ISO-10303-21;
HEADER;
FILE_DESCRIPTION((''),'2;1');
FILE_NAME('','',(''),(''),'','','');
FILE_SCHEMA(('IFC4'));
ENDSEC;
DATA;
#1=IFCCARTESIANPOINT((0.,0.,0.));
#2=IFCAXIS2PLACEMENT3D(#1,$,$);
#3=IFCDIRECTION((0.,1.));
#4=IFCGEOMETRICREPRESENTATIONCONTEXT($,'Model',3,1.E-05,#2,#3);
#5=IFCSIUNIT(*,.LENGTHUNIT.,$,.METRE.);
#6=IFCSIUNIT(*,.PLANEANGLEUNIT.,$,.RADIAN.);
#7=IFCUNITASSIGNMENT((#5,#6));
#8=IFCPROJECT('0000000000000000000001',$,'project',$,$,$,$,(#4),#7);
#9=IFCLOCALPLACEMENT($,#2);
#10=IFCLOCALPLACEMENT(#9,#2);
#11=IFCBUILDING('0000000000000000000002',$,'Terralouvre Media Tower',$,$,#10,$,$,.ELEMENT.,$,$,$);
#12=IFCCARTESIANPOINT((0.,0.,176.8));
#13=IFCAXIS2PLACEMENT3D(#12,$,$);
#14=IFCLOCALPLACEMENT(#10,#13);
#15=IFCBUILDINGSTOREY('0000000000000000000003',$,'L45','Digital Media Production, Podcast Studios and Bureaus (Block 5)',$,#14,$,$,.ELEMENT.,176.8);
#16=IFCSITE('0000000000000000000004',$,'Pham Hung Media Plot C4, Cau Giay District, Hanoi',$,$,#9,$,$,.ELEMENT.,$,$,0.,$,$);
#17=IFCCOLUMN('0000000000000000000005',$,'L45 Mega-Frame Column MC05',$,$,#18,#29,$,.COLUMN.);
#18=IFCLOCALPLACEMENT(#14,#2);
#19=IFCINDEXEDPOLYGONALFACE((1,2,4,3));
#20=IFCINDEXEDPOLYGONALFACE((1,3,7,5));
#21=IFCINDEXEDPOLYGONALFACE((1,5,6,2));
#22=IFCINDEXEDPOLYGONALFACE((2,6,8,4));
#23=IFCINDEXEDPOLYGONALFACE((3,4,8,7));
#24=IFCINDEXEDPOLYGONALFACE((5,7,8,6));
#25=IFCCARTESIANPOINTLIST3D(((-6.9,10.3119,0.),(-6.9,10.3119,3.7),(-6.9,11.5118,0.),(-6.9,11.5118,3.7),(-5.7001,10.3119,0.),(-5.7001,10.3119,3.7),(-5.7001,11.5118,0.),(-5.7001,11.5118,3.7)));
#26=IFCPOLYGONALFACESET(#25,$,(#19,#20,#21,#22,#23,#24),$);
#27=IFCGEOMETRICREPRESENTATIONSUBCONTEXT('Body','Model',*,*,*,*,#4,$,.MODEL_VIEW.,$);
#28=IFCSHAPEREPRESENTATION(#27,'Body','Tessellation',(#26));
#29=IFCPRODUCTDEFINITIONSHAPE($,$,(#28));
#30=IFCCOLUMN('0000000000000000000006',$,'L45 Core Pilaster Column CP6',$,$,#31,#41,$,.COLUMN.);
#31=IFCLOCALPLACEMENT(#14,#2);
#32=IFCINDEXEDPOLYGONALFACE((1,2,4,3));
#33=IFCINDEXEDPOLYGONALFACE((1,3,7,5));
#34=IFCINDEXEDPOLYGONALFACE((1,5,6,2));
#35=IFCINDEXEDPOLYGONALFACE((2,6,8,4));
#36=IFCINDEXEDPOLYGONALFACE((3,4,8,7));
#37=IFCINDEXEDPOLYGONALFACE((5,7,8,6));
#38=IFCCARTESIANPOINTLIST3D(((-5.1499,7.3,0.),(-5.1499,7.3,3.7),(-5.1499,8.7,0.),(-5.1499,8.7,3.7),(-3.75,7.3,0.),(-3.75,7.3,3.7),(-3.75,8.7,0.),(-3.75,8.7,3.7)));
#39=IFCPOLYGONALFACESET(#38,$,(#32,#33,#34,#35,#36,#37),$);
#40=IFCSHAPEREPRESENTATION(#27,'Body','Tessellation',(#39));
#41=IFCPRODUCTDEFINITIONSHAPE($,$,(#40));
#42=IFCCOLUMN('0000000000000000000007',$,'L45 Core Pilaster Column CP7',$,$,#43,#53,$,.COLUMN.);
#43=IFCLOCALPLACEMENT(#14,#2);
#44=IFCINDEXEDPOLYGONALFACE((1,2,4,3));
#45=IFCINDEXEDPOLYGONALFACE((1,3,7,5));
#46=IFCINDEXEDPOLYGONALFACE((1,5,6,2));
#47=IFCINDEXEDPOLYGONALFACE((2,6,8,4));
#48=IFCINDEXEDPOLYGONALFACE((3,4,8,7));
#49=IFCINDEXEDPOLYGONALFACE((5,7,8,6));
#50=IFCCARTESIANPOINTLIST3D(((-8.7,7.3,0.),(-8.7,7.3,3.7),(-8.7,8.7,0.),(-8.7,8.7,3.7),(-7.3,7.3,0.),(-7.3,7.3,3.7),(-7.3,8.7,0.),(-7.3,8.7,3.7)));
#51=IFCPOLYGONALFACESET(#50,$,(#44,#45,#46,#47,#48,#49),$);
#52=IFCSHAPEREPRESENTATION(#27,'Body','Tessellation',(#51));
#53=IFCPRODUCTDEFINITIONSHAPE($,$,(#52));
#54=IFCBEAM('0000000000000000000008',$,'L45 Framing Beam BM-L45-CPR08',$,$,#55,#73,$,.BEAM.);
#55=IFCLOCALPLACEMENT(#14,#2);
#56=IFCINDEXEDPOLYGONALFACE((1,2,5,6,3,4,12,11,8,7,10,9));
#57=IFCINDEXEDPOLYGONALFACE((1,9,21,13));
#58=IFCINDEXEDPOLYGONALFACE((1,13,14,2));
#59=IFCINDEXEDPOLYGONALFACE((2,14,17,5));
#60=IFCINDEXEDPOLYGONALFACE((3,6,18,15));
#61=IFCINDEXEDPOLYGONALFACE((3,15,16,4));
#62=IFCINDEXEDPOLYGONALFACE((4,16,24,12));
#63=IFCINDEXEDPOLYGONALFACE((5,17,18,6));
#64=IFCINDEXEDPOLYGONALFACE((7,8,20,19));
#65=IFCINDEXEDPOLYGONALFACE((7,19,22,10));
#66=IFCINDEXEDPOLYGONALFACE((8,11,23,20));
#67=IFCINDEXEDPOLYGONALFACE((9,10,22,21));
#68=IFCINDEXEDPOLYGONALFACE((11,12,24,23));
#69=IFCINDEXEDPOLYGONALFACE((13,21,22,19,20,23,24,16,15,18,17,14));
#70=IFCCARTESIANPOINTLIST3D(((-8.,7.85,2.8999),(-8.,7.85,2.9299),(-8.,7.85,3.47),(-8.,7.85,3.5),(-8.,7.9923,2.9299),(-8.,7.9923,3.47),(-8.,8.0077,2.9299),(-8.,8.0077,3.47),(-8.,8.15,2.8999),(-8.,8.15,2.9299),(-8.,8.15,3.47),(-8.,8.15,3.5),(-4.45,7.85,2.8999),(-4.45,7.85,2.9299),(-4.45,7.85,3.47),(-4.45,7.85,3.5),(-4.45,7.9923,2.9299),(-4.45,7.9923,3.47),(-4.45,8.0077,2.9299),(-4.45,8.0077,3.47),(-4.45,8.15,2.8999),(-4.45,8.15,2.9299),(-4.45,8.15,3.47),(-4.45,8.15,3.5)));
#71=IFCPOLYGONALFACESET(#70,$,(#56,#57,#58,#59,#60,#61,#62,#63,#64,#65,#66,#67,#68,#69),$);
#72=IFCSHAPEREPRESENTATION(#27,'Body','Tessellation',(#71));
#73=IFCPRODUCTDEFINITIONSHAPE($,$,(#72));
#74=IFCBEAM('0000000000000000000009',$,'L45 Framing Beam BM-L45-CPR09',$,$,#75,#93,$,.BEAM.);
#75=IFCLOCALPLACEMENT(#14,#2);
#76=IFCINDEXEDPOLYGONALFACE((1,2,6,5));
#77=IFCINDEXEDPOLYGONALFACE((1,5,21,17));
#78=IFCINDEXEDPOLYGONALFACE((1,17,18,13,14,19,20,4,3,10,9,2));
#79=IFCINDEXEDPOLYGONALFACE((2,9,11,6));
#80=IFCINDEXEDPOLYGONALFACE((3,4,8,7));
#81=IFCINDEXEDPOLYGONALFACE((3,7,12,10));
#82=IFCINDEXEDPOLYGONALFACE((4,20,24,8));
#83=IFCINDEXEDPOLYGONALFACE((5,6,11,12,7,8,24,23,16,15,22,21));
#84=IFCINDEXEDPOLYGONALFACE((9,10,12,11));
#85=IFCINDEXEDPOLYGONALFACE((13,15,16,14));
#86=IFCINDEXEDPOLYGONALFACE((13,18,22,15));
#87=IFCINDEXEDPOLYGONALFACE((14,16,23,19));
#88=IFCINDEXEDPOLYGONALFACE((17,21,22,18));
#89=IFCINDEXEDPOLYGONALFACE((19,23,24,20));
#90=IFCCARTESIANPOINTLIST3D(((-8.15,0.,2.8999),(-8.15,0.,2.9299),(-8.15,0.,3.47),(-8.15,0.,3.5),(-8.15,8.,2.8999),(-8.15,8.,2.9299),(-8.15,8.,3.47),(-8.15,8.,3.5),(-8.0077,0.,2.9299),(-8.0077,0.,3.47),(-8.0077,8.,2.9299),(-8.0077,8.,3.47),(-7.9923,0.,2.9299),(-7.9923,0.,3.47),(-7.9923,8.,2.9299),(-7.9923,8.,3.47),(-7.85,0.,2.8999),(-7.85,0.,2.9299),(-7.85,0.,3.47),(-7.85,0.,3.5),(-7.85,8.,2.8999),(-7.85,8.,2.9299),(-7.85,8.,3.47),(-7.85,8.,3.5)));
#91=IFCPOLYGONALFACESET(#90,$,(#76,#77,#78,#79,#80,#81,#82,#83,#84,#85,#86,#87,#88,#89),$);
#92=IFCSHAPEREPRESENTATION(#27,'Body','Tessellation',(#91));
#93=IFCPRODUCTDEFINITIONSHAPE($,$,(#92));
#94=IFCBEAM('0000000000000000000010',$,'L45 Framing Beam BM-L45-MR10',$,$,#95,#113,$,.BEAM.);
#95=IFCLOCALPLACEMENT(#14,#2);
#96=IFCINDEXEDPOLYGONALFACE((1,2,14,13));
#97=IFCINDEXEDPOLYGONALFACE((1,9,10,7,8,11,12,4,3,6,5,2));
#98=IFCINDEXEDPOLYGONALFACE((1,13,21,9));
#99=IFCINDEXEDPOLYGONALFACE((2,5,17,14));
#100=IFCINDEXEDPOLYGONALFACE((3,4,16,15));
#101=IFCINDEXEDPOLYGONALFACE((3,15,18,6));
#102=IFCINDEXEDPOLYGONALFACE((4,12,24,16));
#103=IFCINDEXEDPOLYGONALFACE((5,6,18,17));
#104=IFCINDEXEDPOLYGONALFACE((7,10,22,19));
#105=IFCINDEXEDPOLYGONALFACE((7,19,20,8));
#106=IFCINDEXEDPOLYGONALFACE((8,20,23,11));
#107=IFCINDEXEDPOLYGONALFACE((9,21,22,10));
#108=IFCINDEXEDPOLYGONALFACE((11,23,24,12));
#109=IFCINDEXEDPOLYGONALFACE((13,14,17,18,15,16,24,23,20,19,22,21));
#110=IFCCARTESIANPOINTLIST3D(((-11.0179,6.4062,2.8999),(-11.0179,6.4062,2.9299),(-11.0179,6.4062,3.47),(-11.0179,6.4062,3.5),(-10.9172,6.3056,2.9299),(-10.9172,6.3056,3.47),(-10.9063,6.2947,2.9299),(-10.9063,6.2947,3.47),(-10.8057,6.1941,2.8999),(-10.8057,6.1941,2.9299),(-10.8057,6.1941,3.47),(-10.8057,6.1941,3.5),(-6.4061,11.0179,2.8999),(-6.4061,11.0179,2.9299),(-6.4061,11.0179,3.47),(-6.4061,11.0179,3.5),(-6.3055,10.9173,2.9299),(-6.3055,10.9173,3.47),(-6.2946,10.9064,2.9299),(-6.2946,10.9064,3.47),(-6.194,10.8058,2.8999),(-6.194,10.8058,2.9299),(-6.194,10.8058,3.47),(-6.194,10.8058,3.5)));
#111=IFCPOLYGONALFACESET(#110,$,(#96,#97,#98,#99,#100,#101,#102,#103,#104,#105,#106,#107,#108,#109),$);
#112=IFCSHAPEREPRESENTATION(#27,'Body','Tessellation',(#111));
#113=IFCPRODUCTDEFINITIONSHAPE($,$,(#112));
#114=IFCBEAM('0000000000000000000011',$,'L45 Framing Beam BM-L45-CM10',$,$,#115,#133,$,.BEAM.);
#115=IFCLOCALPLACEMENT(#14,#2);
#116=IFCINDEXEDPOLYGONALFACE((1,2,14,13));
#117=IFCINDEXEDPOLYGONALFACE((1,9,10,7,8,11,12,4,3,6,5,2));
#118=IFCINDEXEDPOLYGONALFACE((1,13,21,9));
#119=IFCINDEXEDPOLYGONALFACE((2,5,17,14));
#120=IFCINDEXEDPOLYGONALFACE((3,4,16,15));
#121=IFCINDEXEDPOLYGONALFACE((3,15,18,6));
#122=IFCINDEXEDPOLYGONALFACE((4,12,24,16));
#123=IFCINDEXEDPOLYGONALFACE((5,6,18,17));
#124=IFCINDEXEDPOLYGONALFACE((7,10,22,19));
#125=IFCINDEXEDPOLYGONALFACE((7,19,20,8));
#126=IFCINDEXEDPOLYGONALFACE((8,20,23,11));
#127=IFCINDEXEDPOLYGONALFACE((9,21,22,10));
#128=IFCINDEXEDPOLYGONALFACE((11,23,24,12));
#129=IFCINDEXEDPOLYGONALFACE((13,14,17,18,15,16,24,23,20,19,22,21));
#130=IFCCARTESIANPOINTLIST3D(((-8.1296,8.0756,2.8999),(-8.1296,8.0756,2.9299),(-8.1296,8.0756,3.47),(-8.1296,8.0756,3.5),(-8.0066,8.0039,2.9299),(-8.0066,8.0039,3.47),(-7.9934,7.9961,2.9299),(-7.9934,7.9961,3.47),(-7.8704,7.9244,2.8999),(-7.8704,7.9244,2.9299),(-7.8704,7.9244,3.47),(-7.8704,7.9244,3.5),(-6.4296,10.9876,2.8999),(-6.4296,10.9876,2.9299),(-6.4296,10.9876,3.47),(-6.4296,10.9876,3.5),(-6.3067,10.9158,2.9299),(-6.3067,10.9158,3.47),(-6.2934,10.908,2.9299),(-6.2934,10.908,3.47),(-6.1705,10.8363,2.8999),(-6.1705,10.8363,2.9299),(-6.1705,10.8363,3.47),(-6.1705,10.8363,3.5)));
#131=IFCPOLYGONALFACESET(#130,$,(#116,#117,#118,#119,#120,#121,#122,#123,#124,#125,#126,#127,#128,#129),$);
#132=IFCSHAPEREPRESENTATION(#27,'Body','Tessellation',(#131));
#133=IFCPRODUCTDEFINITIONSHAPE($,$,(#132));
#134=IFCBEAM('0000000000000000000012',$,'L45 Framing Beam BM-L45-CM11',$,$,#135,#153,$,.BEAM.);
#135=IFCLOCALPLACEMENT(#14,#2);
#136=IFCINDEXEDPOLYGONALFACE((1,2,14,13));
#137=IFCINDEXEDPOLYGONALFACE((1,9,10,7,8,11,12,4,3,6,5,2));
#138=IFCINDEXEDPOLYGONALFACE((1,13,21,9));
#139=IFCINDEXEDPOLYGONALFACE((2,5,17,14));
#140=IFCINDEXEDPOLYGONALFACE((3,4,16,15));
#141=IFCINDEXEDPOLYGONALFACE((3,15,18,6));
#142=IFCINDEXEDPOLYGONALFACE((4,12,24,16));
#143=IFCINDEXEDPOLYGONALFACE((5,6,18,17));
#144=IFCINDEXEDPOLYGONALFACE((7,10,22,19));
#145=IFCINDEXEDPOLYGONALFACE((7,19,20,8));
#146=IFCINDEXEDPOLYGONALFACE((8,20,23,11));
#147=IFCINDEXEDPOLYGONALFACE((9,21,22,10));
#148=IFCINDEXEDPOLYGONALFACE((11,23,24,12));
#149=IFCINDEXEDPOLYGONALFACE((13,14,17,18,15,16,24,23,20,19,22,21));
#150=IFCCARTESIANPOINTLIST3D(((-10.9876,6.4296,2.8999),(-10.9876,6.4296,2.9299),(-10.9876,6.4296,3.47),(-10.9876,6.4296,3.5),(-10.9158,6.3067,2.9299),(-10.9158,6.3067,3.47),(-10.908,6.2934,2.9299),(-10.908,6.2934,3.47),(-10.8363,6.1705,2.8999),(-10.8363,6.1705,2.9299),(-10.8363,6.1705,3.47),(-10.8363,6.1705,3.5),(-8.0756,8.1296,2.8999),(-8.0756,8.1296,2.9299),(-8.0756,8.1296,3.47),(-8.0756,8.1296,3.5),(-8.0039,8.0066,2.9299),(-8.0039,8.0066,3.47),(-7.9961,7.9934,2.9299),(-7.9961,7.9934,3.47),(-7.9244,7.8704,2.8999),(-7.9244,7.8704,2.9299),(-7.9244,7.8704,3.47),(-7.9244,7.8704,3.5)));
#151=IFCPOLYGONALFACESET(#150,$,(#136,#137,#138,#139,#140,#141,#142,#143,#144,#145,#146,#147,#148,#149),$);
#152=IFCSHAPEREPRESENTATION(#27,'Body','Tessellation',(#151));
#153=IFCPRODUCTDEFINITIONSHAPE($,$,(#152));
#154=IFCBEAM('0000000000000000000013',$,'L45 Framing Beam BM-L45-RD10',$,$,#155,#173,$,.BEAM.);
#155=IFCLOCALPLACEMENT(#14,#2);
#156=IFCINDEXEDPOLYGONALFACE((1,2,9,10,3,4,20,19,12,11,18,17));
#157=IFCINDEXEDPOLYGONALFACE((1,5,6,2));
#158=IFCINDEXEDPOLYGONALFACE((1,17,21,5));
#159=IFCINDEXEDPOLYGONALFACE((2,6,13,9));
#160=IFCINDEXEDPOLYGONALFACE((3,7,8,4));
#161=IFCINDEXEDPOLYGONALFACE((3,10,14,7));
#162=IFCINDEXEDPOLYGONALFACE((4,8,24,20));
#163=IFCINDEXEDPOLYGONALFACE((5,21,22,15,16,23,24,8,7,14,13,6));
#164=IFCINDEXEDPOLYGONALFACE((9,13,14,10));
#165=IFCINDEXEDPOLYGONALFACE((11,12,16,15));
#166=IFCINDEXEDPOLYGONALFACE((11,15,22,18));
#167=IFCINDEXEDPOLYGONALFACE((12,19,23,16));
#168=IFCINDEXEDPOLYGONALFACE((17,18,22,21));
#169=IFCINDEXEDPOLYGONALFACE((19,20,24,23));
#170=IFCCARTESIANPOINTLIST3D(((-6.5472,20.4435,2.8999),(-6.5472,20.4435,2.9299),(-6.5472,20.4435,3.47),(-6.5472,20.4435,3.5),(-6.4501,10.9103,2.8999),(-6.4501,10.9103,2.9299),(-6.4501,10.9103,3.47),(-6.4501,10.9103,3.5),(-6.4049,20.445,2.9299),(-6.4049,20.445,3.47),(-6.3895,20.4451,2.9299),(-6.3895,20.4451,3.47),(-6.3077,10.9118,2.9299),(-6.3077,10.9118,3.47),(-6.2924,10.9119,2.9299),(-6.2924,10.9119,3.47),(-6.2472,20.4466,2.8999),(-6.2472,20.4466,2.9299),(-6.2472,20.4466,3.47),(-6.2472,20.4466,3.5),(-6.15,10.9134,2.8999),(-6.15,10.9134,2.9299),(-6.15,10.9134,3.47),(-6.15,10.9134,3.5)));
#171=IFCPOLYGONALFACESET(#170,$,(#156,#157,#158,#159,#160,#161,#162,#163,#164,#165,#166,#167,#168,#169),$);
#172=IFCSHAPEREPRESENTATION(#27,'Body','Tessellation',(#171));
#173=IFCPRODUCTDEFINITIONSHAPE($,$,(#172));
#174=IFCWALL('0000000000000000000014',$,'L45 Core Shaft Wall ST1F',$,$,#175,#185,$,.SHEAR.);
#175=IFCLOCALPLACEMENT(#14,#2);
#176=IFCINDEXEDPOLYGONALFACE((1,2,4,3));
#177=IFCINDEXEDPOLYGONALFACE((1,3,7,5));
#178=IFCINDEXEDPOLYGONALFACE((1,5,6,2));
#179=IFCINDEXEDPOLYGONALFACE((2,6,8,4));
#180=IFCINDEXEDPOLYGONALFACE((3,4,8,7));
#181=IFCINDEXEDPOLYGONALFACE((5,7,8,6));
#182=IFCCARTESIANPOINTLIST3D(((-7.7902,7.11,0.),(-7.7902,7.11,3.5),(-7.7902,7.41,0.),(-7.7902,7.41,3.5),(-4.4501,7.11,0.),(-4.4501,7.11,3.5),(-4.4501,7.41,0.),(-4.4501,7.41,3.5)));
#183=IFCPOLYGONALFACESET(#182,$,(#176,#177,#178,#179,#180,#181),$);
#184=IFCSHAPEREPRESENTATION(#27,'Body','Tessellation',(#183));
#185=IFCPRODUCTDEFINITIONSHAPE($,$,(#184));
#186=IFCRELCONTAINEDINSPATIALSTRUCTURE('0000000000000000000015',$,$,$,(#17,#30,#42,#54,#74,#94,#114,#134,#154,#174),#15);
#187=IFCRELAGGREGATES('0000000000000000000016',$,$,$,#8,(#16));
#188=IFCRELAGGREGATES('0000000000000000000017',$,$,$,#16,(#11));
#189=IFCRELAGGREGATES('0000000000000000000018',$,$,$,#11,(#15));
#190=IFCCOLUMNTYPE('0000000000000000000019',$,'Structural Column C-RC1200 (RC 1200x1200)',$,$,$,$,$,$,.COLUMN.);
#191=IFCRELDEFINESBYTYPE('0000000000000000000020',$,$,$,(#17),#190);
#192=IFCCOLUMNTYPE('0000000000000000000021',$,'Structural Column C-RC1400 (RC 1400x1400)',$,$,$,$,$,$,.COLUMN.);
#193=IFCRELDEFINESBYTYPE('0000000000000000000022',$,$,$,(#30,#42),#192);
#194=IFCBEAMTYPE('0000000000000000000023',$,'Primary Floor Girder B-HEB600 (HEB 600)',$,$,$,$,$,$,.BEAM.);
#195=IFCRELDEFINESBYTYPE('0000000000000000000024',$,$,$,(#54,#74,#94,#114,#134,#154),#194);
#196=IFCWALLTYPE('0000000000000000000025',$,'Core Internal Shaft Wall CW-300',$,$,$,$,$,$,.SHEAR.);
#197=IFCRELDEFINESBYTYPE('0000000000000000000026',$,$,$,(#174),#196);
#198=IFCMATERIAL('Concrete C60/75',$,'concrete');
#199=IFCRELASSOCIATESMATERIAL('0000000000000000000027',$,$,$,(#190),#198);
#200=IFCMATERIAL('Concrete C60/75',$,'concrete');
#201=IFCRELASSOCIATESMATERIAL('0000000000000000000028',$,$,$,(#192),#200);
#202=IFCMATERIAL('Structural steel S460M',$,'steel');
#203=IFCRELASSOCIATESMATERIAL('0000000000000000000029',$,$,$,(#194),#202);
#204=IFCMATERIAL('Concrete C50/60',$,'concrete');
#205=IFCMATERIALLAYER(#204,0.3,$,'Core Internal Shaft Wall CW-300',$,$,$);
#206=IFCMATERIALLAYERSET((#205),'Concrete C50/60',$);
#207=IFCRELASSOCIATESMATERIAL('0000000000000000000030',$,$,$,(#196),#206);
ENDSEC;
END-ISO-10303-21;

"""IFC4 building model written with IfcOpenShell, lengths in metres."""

from ifc_helpers import new_model, si_unit, direction, frame, frame_2d, origin, origin_2d, place, context, subcontext, project, spatial, rectangle, i_section, extrude, material, layer, layer_set, material_profile, profile_set, type_object, element, save


model = new_model("IFC4")

# Units and contexts
model_context = context("Model", 3, precision=1e-05, world=origin(), true_north=direction((0.0, 1.0)))
body_context = subcontext(model_context, "Body", "Model", "MODEL_VIEW")
ifc_project = project(units=[si_unit("LENGTHUNIT", "METRE"), si_unit("PLANEANGLEUNIT", "RADIAN")], contexts=[model_context])

# Site, building, storey
site_placement = place(None, origin())
site = spatial("IfcSite", under=ifc_project, at=site_placement, Name="Pham Hung Media Plot C4, Cau Giay District, Hanoi", CompositionType="ELEMENT", RefElevation=0.0)
building_placement = place(site_placement, origin())
building = spatial("IfcBuilding", under=site, at=building_placement, Name="Terralouvre Media Tower", CompositionType="ELEMENT")
storey_placement = place(building_placement, frame((0.0, 0.0, 176.8)))
storey = spatial("IfcBuildingStorey", under=building, at=storey_placement, Name="L45", Description="Digital Media Production, Podcast Studios and Bureaus (Block 5)", CompositionType="ELEMENT", Elevation=176.8)

# Columns
ifc_material_1 = material(Name="Concrete C60/75", Category="concrete")
ifc_material_profile_1 = material_profile(ifc_material_1, rectangle(XDim=1.2, YDim=1.2, at=origin_2d()), Name="RC 1200x1200")
ifc_profile_set_1 = profile_set([ifc_material_profile_1], Name="Concrete C60/75")
column_type_1 = type_object("IfcColumnType", Name="Structural Column C-RC1200 (RC 1200x1200)", PredefinedType="COLUMN", material=ifc_profile_set_1)
column_placement = place(storey_placement, frame((-6.3, 10.9119, 0.0), z_axis=(0.0, 0.0, 1.0), x_axis=(1.0, 0.0, 0.0)))
element("IfcColumn", 1, at=column_placement, inside=storey, type_object=column_type_1, Name="L45 Mega-Frame Column MC05", PredefinedType="COLUMN", context=body_context, shape_type="SweptSolid", body=[
    extrude(rectangle(XDim=1.2, YDim=1.2, at=origin_2d()), origin(), (0.0, 0.0, 1.0), 3.7),
])
ifc_material_2 = material(Name="Concrete C60/75", Category="concrete")
ifc_material_profile_2 = material_profile(ifc_material_2, rectangle(XDim=1.3999, YDim=1.3999, at=origin_2d()), Name="RC 1400x1400")
ifc_profile_set_2 = profile_set([ifc_material_profile_2], Name="Concrete C60/75")
column_type_2 = type_object("IfcColumnType", Name="Structural Column C-RC1400 (RC 1400x1400)", PredefinedType="COLUMN", material=ifc_profile_set_2)
for number, where, z_axis, x_axis, name in (
    (2, (-4.45, 8.0, 0.0), (0.0, 0.0, 1.0), (1.0, 0.0, 0.0), "L45 Core Pilaster Column CP6"),
    (3, (-8.0, 8.0, 0.0), (0.0, 0.0, 1.0), (1.0, 0.0, 0.0), "L45 Core Pilaster Column CP7"),
):
    element("IfcColumn", number, at=place(storey_placement, frame(where, z_axis=z_axis, x_axis=x_axis)), inside=storey, type_object=column_type_2, Name=name, PredefinedType="COLUMN", context=body_context, shape_type="SweptSolid", body=[
        extrude(rectangle(XDim=1.3999, YDim=1.3999, at=origin_2d()), origin(), (0.0, 0.0, 1.0), 3.7),
    ])

# Beams
ifc_material_3 = material(Name="Structural steel S460M", Category="steel")
ifc_material_profile_3 = material_profile(ifc_material_3, i_section(OverallWidth=0.3, OverallDepth=0.6001, WebThickness=0.0154, FlangeThickness=0.03, at=origin_2d()), Name="HEB 600")
ifc_profile_set_3 = profile_set([ifc_material_profile_3], Name="Structural steel S460M")
beam_type = type_object("IfcBeamType", Name="Primary Floor Girder B-HEB600 (HEB 600)", PredefinedType="BEAM", material=ifc_profile_set_3)
beam_1_placement = place(storey_placement, frame((-4.45, 8.0, 3.2), z_axis=(-1.0, 0.0, 0.0), x_axis=(0.0, -1.0, 0.0)))
element("IfcBeam", 4, at=beam_1_placement, inside=storey, type_object=beam_type, Name="L45 Framing Beam BM-L45-CPR08", PredefinedType="BEAM", context=body_context, shape_type="SweptSolid", body=[
    extrude(i_section(OverallWidth=0.3, OverallDepth=0.6001, WebThickness=0.0154, FlangeThickness=0.03, at=origin_2d()), origin(), (0.0, 0.0, 1.0), 3.55),
])
beam_2_placement = place(storey_placement, frame((-8.0, 8.0, 3.2), z_axis=(0.0, -1.0, 0.0), x_axis=(1.0, 0.0, 0.0)))
element("IfcBeam", 5, at=beam_2_placement, inside=storey, type_object=beam_type, Name="L45 Framing Beam BM-L45-CPR09", PredefinedType="BEAM", context=body_context, shape_type="SweptSolid", body=[
    extrude(i_section(OverallWidth=0.3, OverallDepth=0.6001, WebThickness=0.0154, FlangeThickness=0.03, at=origin_2d()), origin(), (0.0, 0.0, 1.0), 8.0),
])
beam_3_placement = place(storey_placement, frame((-6.3, 10.9119, 3.2), z_axis=(-0.707107, -0.707107, 0.0), x_axis=(0.707107, -0.707107, 0.0)))
element("IfcBeam", 6, at=beam_3_placement, inside=storey, type_object=beam_type, Name="L45 Framing Beam BM-L45-MR10", PredefinedType="BEAM", context=body_context, shape_type="SweptSolid", body=[
    extrude(i_section(OverallWidth=0.3, OverallDepth=0.6001, WebThickness=0.0154, FlangeThickness=0.03, at=origin_2d()), origin(), (0.0, 0.0, 1.0), 6.522),
])
for number, where, z_axis, x_axis, name in (
    (7, (-8.0, 8.0, 3.2), (0.504173, 0.863603, 0.0), (-0.863603, 0.504173, 0.0), "L45 Framing Beam BM-L45-CM10"),
    (8, (-8.0, 8.0, 3.2), (-0.863603, -0.504173, 0.0), (0.504173, -0.863603, 0.0), "L45 Framing Beam BM-L45-CM11"),
):
    element("IfcBeam", number, at=place(storey_placement, frame(where, z_axis=z_axis, x_axis=x_axis)), inside=storey, type_object=beam_type, Name=name, PredefinedType="BEAM", context=body_context, shape_type="SweptSolid", body=[
        extrude(i_section(OverallWidth=0.3, OverallDepth=0.6001, WebThickness=0.0154, FlangeThickness=0.03, at=origin_2d()), origin(), (0.0, 0.0, 1.0), 3.3718),
    ])
beam_4_placement = place(storey_placement, frame((-6.3, 10.9119, 3.2), z_axis=(-0.010192, 0.999948, 0.0), x_axis=(-0.999948, -0.010192, 0.0)))
element("IfcBeam", 9, at=beam_4_placement, inside=storey, type_object=beam_type, Name="L45 Framing Beam BM-L45-RD10", PredefinedType="BEAM", context=body_context, shape_type="SweptSolid", body=[
    extrude(i_section(OverallWidth=0.3, OverallDepth=0.6001, WebThickness=0.0154, FlangeThickness=0.03, at=origin_2d()), origin(), (0.0, 0.0, 1.0), 9.5337),
])

# Shared definitions
ifc_material_4 = material(Name="Concrete C50/60", Category="concrete")
ifc_layer_1 = layer(ifc_material_4, 0.3, Name="Core Internal Shaft Wall CW-300")
ifc_layer_set_1 = layer_set([ifc_layer_1], Name="Concrete C50/60")
wall_type_1 = type_object("IfcWallType", Name="Core Internal Shaft Wall CW-300", PredefinedType="SHEAR", material=ifc_layer_set_1)

# Wall
wall_1_placement = place(storey_placement, frame((-7.79, 7.26, 0.0), z_axis=(0.0, 0.0, 1.0), x_axis=(1.0, 0.0, 0.0)))
element("IfcWall", 10, at=wall_1_placement, inside=storey, type_object=wall_type_1, Name="L45 Core Shaft Wall ST1F", PredefinedType="SHEAR", context=body_context, shape_type="SweptSolid", body=[
    extrude(rectangle(XDim=3.3401, YDim=0.3, at=frame_2d((1.6699, 0.0))), origin(), (0.0, 0.0, 1.0), 3.5),
])

save(model, "model.ifc")
